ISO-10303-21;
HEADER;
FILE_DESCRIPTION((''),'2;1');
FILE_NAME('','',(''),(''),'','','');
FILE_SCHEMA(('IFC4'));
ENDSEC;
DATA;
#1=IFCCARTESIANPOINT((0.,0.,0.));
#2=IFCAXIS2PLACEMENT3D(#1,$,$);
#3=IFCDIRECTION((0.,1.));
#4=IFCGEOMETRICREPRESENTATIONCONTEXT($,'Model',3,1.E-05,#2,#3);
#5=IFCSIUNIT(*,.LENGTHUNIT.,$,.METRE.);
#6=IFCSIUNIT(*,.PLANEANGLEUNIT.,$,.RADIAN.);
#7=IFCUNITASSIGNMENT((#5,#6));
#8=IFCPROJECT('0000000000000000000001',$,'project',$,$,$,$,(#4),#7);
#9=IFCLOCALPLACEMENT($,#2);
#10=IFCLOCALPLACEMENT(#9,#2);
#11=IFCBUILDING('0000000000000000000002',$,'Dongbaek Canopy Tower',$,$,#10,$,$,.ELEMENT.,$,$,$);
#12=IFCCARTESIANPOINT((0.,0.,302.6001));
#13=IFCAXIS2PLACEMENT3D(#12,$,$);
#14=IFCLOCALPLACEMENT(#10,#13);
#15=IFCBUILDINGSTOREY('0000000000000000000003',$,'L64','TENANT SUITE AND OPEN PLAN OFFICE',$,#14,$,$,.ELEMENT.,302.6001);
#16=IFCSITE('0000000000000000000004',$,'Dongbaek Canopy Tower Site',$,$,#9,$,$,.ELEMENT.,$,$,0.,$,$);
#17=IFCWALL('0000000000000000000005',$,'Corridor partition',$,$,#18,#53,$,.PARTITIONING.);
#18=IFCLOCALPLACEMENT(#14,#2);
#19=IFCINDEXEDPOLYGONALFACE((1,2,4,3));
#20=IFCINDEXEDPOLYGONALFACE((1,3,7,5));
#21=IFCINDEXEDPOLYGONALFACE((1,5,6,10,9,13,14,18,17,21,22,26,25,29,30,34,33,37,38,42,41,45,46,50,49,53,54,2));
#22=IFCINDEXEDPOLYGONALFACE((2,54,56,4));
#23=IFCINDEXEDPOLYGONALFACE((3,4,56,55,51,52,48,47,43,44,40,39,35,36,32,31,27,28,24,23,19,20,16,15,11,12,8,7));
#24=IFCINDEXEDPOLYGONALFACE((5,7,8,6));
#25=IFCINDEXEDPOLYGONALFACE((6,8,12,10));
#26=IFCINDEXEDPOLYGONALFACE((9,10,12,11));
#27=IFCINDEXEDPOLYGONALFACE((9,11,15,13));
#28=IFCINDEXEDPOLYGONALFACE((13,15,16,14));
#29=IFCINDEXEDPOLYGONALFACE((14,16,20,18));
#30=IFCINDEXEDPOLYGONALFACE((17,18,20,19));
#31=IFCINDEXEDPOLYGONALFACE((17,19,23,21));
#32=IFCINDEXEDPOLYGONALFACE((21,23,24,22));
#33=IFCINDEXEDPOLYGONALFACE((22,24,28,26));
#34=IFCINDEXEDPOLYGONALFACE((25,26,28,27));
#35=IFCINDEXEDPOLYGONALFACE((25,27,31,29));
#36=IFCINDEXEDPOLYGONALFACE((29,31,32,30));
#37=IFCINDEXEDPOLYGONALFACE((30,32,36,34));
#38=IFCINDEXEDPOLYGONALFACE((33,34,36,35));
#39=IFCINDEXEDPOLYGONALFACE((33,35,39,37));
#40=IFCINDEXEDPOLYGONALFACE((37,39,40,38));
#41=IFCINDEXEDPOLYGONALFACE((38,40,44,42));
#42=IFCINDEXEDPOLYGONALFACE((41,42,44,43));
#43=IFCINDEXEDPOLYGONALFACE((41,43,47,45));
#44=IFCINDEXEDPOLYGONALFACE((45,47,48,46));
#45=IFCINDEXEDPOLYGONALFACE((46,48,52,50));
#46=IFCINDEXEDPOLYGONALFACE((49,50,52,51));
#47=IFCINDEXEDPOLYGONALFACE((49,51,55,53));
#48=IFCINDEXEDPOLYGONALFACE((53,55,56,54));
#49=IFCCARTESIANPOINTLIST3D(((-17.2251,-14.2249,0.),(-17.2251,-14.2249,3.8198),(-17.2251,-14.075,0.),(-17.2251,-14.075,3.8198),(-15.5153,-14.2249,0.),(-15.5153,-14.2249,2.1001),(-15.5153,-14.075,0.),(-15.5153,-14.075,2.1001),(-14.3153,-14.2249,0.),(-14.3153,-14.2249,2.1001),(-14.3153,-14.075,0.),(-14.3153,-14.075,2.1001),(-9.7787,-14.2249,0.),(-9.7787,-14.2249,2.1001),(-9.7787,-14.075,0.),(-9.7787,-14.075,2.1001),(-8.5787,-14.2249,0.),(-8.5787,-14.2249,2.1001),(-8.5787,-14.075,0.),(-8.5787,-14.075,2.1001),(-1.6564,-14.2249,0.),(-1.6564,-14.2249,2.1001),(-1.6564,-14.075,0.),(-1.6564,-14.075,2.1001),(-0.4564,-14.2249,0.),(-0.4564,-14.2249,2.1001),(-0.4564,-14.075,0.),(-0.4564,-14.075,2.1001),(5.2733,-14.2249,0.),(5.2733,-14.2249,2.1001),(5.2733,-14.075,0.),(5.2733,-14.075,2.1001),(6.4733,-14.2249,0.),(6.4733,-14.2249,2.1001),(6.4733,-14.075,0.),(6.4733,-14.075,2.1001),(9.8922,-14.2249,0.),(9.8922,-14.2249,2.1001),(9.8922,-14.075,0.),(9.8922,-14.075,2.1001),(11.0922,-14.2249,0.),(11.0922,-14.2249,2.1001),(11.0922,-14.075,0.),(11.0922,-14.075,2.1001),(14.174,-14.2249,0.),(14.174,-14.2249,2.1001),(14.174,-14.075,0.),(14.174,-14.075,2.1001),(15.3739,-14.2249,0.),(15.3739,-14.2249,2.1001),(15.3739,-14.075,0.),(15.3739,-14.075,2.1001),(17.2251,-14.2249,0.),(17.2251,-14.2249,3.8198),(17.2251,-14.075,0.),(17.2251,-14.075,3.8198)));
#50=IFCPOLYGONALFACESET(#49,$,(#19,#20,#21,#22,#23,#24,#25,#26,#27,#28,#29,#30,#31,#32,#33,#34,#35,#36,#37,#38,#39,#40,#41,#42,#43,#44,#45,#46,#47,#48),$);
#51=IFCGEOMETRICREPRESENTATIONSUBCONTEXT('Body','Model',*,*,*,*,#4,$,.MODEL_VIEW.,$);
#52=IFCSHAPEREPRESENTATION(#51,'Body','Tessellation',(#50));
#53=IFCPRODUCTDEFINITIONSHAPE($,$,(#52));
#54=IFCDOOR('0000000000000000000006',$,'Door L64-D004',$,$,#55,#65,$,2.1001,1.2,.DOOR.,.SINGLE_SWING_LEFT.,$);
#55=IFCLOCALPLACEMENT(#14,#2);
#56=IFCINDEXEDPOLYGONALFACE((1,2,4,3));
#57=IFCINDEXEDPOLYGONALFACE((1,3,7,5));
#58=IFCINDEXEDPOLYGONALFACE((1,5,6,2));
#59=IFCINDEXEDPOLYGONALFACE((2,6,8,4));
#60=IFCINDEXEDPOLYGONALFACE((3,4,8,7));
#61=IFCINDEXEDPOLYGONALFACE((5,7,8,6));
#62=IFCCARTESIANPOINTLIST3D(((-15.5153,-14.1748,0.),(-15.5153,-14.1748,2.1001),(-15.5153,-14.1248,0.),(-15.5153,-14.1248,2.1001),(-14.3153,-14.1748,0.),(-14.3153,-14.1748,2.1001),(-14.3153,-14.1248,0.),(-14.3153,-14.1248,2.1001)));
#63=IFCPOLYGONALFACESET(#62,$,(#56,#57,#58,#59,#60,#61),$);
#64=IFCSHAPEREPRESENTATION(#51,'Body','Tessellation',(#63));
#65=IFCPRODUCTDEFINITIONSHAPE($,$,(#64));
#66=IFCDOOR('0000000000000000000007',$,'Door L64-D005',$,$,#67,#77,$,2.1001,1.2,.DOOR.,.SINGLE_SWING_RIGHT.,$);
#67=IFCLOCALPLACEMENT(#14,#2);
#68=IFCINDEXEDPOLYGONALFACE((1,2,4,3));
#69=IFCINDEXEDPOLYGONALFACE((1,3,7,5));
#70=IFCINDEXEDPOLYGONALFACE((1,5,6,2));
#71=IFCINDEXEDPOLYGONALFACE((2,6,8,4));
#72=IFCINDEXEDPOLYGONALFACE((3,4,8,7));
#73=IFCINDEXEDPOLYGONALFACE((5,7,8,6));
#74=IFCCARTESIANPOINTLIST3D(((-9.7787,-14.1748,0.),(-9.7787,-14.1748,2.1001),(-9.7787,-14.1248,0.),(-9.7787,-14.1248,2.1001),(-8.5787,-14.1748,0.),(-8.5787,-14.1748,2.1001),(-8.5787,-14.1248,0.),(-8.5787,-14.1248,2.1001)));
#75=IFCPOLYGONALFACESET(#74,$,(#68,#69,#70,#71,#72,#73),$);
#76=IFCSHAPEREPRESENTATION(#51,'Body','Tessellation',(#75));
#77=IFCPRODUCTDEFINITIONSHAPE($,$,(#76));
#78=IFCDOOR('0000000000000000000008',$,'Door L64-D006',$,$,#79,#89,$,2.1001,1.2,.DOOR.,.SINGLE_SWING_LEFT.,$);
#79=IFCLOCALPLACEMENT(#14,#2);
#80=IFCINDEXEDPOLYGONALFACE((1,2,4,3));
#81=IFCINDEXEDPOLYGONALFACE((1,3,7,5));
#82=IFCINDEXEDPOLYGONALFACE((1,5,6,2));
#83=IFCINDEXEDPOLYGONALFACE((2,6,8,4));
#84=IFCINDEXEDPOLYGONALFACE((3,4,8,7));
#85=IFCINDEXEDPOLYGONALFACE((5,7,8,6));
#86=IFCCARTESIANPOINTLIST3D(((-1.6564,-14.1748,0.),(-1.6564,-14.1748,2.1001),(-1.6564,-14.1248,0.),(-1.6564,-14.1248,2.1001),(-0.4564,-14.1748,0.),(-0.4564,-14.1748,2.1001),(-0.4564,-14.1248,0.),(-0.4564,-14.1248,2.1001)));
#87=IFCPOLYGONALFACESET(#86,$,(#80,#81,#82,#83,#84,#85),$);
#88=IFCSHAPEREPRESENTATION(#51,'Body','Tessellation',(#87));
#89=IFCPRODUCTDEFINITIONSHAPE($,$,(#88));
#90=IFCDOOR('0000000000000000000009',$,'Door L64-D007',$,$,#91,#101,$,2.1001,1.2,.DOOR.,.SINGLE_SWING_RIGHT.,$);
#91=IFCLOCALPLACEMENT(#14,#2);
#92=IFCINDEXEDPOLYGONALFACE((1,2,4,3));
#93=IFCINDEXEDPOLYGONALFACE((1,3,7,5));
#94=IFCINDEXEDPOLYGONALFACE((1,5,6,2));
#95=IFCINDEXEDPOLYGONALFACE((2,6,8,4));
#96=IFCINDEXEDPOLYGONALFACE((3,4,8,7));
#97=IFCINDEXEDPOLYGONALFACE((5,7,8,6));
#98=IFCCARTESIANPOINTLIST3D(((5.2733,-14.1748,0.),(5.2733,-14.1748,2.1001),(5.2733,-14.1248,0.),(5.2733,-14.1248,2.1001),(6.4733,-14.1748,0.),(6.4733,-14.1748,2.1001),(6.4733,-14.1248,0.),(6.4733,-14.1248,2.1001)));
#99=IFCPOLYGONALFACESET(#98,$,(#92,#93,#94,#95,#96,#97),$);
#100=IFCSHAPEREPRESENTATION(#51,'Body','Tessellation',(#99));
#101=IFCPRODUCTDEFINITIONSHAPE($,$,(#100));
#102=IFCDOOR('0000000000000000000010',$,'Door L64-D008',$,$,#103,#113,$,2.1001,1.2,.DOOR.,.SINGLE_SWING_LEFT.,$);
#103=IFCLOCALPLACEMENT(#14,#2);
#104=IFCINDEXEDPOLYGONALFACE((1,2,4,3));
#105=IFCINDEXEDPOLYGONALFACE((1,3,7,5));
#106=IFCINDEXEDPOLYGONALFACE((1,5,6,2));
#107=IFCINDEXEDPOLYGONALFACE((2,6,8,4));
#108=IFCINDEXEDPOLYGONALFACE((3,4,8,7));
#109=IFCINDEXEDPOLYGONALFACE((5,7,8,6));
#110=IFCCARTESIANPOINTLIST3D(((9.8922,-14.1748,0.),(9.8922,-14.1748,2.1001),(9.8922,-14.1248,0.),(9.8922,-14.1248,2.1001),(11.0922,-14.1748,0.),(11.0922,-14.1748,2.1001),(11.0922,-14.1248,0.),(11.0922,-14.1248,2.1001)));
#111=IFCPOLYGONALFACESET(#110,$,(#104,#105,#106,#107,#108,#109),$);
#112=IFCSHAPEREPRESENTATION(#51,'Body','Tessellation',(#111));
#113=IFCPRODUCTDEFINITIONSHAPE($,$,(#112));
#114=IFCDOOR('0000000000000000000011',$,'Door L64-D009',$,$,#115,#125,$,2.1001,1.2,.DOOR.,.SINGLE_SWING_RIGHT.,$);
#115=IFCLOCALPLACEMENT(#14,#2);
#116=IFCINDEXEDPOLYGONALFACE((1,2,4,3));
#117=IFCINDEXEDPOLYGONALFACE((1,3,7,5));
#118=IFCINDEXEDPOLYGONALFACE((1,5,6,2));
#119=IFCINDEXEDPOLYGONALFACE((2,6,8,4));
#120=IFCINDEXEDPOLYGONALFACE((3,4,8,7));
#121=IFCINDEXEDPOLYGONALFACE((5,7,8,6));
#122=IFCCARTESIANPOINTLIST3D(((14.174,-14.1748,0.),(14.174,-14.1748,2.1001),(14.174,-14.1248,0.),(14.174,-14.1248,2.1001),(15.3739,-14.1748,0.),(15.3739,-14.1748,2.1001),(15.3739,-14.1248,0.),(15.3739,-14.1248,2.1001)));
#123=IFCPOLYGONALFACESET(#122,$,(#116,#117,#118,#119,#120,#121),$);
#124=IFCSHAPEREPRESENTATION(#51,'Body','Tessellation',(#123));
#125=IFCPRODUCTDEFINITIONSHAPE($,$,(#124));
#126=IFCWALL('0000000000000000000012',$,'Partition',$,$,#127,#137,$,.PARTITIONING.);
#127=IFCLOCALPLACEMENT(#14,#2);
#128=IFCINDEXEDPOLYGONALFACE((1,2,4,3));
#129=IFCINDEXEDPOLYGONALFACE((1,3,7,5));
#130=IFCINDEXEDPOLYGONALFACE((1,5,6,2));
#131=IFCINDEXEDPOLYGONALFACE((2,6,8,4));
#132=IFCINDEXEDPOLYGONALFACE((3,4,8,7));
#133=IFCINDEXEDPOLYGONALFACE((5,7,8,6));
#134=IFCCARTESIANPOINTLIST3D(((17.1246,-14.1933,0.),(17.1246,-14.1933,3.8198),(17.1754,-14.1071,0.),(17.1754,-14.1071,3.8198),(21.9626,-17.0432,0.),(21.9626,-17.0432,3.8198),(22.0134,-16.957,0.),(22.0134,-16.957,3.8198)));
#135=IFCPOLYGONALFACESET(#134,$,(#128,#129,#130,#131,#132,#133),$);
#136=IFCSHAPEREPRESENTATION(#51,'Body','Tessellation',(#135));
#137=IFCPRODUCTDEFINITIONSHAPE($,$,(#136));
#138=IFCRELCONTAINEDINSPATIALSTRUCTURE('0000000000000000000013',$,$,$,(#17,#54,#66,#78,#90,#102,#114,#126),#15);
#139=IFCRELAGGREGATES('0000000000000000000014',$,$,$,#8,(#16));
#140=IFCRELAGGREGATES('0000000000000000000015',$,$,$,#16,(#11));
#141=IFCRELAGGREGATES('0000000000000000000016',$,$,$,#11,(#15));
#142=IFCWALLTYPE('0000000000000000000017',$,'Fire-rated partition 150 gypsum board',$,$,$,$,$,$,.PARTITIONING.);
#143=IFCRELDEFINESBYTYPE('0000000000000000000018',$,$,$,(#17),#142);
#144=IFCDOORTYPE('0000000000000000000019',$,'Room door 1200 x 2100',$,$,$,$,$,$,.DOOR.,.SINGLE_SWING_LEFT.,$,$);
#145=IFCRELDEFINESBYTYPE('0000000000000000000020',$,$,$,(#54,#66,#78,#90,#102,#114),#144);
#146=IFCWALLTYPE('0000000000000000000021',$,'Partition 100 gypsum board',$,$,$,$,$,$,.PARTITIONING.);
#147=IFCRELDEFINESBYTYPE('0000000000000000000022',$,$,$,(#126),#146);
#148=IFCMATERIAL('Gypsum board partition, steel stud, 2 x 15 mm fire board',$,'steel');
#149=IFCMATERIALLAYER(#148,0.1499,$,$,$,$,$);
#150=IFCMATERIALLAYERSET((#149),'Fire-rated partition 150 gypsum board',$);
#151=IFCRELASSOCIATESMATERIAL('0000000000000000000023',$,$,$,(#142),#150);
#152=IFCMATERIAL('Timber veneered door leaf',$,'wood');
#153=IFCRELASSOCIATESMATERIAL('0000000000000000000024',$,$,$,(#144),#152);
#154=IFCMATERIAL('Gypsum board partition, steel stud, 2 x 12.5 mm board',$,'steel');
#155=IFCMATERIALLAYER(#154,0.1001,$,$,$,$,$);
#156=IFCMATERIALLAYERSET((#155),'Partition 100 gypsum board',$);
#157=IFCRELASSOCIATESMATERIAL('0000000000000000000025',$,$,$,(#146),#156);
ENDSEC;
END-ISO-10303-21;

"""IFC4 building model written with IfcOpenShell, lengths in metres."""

from ifc_helpers import new_model, si_unit, direction, frame, frame_2d, origin, place, context, subcontext, project, spatial, rectangle, extrude, material, layer, layer_set, type_object, element, fill, save


model = new_model("IFC4")

# Units and contexts
model_context = context("Model", 3, precision=1e-05, world=origin(), true_north=direction((0.0, 1.0)))
body_context = subcontext(model_context, "Body", "Model", "MODEL_VIEW")
ifc_project = project(units=[si_unit("LENGTHUNIT", "METRE"), si_unit("PLANEANGLEUNIT", "RADIAN")], contexts=[model_context])

# Site, building, storey
site_placement = place(None, origin())
site = spatial("IfcSite", under=ifc_project, at=site_placement, Name="Dongbaek Canopy Tower Site", CompositionType="ELEMENT", RefElevation=0.0)
building_placement = place(site_placement, origin())
building = spatial("IfcBuilding", under=site, at=building_placement, Name="Dongbaek Canopy Tower", CompositionType="ELEMENT")
storey_placement = place(building_placement, frame((0.0, 0.0, 302.6001)))
storey = spatial("IfcBuildingStorey", under=building, at=storey_placement, Name="L64", Description="TENANT SUITE AND OPEN PLAN OFFICE", CompositionType="ELEMENT", Elevation=302.6001)

# Wall, openings, doors
ifc_material_1 = material(Name="Gypsum board partition, steel stud, 2 x 15 mm fire board", Category="steel")
ifc_layer_1 = layer(ifc_material_1, 0.1499)
ifc_layer_set_1 = layer_set([ifc_layer_1], Name="Fire-rated partition 150 gypsum board")
wall_type_1 = type_object("IfcWallType", Name="Fire-rated partition 150 gypsum board", PredefinedType="PARTITIONING", material=ifc_layer_set_1)
wall_1_placement = place(storey_placement, frame((17.2251, -14.1499, 0.0), z_axis=(0.0, 0.0, 1.0), x_axis=(-1.0, 0.0, 0.0)))
wall_1 = element("IfcWall", 1, at=wall_1_placement, inside=storey, type_object=wall_type_1, Name="Corridor partition", PredefinedType="PARTITIONING", context=body_context, shape_type="SweptSolid", body=[
    extrude(rectangle(XDim=34.4502, YDim=0.1499, at=frame_2d((17.2251, 0.0))), origin(), (0.0, 0.0, 1.0), 3.8198),
])
opening_1_placement = place(wall_1_placement, frame((31.5403, 0.0, 0.0)))
opening_1 = element("IfcOpeningElement", 2, at=opening_1_placement, cuts=wall_1, PredefinedType="OPENING", context=body_context, shape_type="SweptSolid", body=[
    extrude(rectangle(XDim=1.2, YDim=2.1001, at=frame_2d((0.6001, 1.05))), frame((0.0, 0.085, 0.0), z_axis=(0.0, -1.0, 0.0), x_axis=(1.0, 0.0, 0.0)), (0.0, 0.0, 1.0), 0.1699),
])
opening_2_placement = place(wall_1_placement, frame((25.8037, 0.0, 0.0)))
opening_2 = element("IfcOpeningElement", 3, at=opening_2_placement, cuts=wall_1, PredefinedType="OPENING", context=body_context, shape_type="SweptSolid", body=[
    extrude(rectangle(XDim=1.2, YDim=2.1001, at=frame_2d((0.6001, 1.05))), frame((0.0, 0.085, 0.0), z_axis=(0.0, -1.0, 0.0), x_axis=(1.0, 0.0, 0.0)), (0.0, 0.0, 1.0), 0.1699),
])
opening_3_placement = place(wall_1_placement, frame((17.6814, 0.0, 0.0)))
opening_3 = element("IfcOpeningElement", 4, at=opening_3_placement, cuts=wall_1, PredefinedType="OPENING", context=body_context, shape_type="SweptSolid", body=[
    extrude(rectangle(XDim=1.2, YDim=2.1001, at=frame_2d((0.6001, 1.05))), frame((0.0, 0.085, 0.0), z_axis=(0.0, -1.0, 0.0), x_axis=(1.0, 0.0, 0.0)), (0.0, 0.0, 1.0), 0.1699),
])
opening_4_placement = place(wall_1_placement, frame((10.7517, 0.0, 0.0)))
opening_4 = element("IfcOpeningElement", 5, at=opening_4_placement, cuts=wall_1, PredefinedType="OPENING", context=body_context, shape_type="SweptSolid", body=[
    extrude(rectangle(XDim=1.2, YDim=2.1001, at=frame_2d((0.6001, 1.05))), frame((0.0, 0.085, 0.0), z_axis=(0.0, -1.0, 0.0), x_axis=(1.0, 0.0, 0.0)), (0.0, 0.0, 1.0), 0.1699),
])
opening_5_placement = place(wall_1_placement, frame((6.1328, 0.0, 0.0)))
opening_5 = element("IfcOpeningElement", 6, at=opening_5_placement, cuts=wall_1, PredefinedType="OPENING", context=body_context, shape_type="SweptSolid", body=[
    extrude(rectangle(XDim=1.2, YDim=2.1001, at=frame_2d((0.6001, 1.05))), frame((0.0, 0.085, 0.0), z_axis=(0.0, -1.0, 0.0), x_axis=(1.0, 0.0, 0.0)), (0.0, 0.0, 1.0), 0.1699),
])
opening_6_placement = place(wall_1_placement, frame((1.8511, 0.0, 0.0)))
opening_6 = element("IfcOpeningElement", 7, at=opening_6_placement, cuts=wall_1, PredefinedType="OPENING", context=body_context, shape_type="SweptSolid", body=[
    extrude(rectangle(XDim=1.2, YDim=2.1001, at=frame_2d((0.6001, 1.05))), frame((0.0, 0.085, 0.0), z_axis=(0.0, -1.0, 0.0), x_axis=(1.0, 0.0, 0.0)), (0.0, 0.0, 1.0), 0.1699),
])
ifc_material_2 = material(Name="Timber veneered door leaf", Category="wood")
door_type = type_object("IfcDoorType", Name="Room door 1200 x 2100", OperationType="SINGLE_SWING_LEFT", PredefinedType="DOOR", material=ifc_material_2)
door_1_placement = place(opening_1_placement, origin())
door_1 = element("IfcDoor", 8, at=door_1_placement, inside=storey, type_object=door_type, Name="Door L64-D004", OperationType="SINGLE_SWING_LEFT", OverallHeight=2.1001, OverallWidth=1.2, PredefinedType="DOOR", context=body_context, shape_type="SweptSolid", body=[
    extrude(rectangle(XDim=1.2, YDim=2.1001, at=frame_2d((0.6001, 1.05))), frame((0.0, 0.0249, 0.0), z_axis=(0.0, -1.0, 0.0), x_axis=(1.0, 0.0, 0.0)), (0.0, 0.0, 1.0), 0.05),
])
fill(opening_1, door_1)
door_2_placement = place(opening_2_placement, origin())
door_2 = element("IfcDoor", 9, at=door_2_placement, inside=storey, type_object=door_type, Name="Door L64-D005", OperationType="SINGLE_SWING_RIGHT", OverallHeight=2.1001, OverallWidth=1.2, PredefinedType="DOOR", context=body_context, shape_type="SweptSolid", body=[
    extrude(rectangle(XDim=1.2, YDim=2.1001, at=frame_2d((0.6001, 1.05))), frame((0.0, 0.0249, 0.0), z_axis=(0.0, -1.0, 0.0), x_axis=(1.0, 0.0, 0.0)), (0.0, 0.0, 1.0), 0.05),
])
fill(opening_2, door_2)
door_3_placement = place(opening_3_placement, origin())
door_3 = element("IfcDoor", 10, at=door_3_placement, inside=storey, type_object=door_type, Name="Door L64-D006", OperationType="SINGLE_SWING_LEFT", OverallHeight=2.1001, OverallWidth=1.2, PredefinedType="DOOR", context=body_context, shape_type="SweptSolid", body=[
    extrude(rectangle(XDim=1.2, YDim=2.1001, at=frame_2d((0.6001, 1.05))), frame((0.0, 0.0249, 0.0), z_axis=(0.0, -1.0, 0.0), x_axis=(1.0, 0.0, 0.0)), (0.0, 0.0, 1.0), 0.05),
])
fill(opening_3, door_3)
door_4_placement = place(opening_4_placement, origin())
door_4 = element("IfcDoor", 11, at=door_4_placement, inside=storey, type_object=door_type, Name="Door L64-D007", OperationType="SINGLE_SWING_RIGHT", OverallHeight=2.1001, OverallWidth=1.2, PredefinedType="DOOR", context=body_context, shape_type="SweptSolid", body=[
    extrude(rectangle(XDim=1.2, YDim=2.1001, at=frame_2d((0.6001, 1.05))), frame((0.0, 0.0249, 0.0), z_axis=(0.0, -1.0, 0.0), x_axis=(1.0, 0.0, 0.0)), (0.0, 0.0, 1.0), 0.05),
])
fill(opening_4, door_4)
door_5_placement = place(opening_5_placement, origin())
door_5 = element("IfcDoor", 12, at=door_5_placement, inside=storey, type_object=door_type, Name="Door L64-D008", OperationType="SINGLE_SWING_LEFT", OverallHeight=2.1001, OverallWidth=1.2, PredefinedType="DOOR", context=body_context, shape_type="SweptSolid", body=[
    extrude(rectangle(XDim=1.2, YDim=2.1001, at=frame_2d((0.6001, 1.05))), frame((0.0, 0.0249, 0.0), z_axis=(0.0, -1.0, 0.0), x_axis=(1.0, 0.0, 0.0)), (0.0, 0.0, 1.0), 0.05),
])
fill(opening_5, door_5)
door_6_placement = place(opening_6_placement, origin())
door_6 = element("IfcDoor", 13, at=door_6_placement, inside=storey, type_object=door_type, Name="Door L64-D009", OperationType="SINGLE_SWING_RIGHT", OverallHeight=2.1001, OverallWidth=1.2, PredefinedType="DOOR", context=body_context, shape_type="SweptSolid", body=[
    extrude(rectangle(XDim=1.2, YDim=2.1001, at=frame_2d((0.6001, 1.05))), frame((0.0, 0.0249, 0.0), z_axis=(0.0, -1.0, 0.0), x_axis=(1.0, 0.0, 0.0)), (0.0, 0.0, 1.0), 0.05),
])
fill(opening_6, door_6)

# Wall
ifc_material_3 = material(Name="Gypsum board partition, steel stud, 2 x 12.5 mm board", Category="steel")
ifc_layer_2 = layer(ifc_material_3, 0.1001)
ifc_layer_set_2 = layer_set([ifc_layer_2], Name="Partition 100 gypsum board")
wall_type_2 = type_object("IfcWallType", Name="Partition 100 gypsum board", PredefinedType="PARTITIONING", material=ifc_layer_set_2)
wall_2_placement = place(storey_placement, frame((17.1499, -14.1501, 0.0), z_axis=(0.0, 0.0, 1.0), x_axis=(0.86162, -0.507554, 0.0)))
element("IfcWall", 14, at=wall_2_placement, inside=storey, type_object=wall_type_2, Name="Partition", PredefinedType="PARTITIONING", context=body_context, shape_type="SweptSolid", body=[
    extrude(rectangle(XDim=5.615, YDim=0.1001, at=frame_2d((2.8076, 0.0))), origin(), (0.0, 0.0, 1.0), 3.8198),
])

save(model, "model.ifc")
